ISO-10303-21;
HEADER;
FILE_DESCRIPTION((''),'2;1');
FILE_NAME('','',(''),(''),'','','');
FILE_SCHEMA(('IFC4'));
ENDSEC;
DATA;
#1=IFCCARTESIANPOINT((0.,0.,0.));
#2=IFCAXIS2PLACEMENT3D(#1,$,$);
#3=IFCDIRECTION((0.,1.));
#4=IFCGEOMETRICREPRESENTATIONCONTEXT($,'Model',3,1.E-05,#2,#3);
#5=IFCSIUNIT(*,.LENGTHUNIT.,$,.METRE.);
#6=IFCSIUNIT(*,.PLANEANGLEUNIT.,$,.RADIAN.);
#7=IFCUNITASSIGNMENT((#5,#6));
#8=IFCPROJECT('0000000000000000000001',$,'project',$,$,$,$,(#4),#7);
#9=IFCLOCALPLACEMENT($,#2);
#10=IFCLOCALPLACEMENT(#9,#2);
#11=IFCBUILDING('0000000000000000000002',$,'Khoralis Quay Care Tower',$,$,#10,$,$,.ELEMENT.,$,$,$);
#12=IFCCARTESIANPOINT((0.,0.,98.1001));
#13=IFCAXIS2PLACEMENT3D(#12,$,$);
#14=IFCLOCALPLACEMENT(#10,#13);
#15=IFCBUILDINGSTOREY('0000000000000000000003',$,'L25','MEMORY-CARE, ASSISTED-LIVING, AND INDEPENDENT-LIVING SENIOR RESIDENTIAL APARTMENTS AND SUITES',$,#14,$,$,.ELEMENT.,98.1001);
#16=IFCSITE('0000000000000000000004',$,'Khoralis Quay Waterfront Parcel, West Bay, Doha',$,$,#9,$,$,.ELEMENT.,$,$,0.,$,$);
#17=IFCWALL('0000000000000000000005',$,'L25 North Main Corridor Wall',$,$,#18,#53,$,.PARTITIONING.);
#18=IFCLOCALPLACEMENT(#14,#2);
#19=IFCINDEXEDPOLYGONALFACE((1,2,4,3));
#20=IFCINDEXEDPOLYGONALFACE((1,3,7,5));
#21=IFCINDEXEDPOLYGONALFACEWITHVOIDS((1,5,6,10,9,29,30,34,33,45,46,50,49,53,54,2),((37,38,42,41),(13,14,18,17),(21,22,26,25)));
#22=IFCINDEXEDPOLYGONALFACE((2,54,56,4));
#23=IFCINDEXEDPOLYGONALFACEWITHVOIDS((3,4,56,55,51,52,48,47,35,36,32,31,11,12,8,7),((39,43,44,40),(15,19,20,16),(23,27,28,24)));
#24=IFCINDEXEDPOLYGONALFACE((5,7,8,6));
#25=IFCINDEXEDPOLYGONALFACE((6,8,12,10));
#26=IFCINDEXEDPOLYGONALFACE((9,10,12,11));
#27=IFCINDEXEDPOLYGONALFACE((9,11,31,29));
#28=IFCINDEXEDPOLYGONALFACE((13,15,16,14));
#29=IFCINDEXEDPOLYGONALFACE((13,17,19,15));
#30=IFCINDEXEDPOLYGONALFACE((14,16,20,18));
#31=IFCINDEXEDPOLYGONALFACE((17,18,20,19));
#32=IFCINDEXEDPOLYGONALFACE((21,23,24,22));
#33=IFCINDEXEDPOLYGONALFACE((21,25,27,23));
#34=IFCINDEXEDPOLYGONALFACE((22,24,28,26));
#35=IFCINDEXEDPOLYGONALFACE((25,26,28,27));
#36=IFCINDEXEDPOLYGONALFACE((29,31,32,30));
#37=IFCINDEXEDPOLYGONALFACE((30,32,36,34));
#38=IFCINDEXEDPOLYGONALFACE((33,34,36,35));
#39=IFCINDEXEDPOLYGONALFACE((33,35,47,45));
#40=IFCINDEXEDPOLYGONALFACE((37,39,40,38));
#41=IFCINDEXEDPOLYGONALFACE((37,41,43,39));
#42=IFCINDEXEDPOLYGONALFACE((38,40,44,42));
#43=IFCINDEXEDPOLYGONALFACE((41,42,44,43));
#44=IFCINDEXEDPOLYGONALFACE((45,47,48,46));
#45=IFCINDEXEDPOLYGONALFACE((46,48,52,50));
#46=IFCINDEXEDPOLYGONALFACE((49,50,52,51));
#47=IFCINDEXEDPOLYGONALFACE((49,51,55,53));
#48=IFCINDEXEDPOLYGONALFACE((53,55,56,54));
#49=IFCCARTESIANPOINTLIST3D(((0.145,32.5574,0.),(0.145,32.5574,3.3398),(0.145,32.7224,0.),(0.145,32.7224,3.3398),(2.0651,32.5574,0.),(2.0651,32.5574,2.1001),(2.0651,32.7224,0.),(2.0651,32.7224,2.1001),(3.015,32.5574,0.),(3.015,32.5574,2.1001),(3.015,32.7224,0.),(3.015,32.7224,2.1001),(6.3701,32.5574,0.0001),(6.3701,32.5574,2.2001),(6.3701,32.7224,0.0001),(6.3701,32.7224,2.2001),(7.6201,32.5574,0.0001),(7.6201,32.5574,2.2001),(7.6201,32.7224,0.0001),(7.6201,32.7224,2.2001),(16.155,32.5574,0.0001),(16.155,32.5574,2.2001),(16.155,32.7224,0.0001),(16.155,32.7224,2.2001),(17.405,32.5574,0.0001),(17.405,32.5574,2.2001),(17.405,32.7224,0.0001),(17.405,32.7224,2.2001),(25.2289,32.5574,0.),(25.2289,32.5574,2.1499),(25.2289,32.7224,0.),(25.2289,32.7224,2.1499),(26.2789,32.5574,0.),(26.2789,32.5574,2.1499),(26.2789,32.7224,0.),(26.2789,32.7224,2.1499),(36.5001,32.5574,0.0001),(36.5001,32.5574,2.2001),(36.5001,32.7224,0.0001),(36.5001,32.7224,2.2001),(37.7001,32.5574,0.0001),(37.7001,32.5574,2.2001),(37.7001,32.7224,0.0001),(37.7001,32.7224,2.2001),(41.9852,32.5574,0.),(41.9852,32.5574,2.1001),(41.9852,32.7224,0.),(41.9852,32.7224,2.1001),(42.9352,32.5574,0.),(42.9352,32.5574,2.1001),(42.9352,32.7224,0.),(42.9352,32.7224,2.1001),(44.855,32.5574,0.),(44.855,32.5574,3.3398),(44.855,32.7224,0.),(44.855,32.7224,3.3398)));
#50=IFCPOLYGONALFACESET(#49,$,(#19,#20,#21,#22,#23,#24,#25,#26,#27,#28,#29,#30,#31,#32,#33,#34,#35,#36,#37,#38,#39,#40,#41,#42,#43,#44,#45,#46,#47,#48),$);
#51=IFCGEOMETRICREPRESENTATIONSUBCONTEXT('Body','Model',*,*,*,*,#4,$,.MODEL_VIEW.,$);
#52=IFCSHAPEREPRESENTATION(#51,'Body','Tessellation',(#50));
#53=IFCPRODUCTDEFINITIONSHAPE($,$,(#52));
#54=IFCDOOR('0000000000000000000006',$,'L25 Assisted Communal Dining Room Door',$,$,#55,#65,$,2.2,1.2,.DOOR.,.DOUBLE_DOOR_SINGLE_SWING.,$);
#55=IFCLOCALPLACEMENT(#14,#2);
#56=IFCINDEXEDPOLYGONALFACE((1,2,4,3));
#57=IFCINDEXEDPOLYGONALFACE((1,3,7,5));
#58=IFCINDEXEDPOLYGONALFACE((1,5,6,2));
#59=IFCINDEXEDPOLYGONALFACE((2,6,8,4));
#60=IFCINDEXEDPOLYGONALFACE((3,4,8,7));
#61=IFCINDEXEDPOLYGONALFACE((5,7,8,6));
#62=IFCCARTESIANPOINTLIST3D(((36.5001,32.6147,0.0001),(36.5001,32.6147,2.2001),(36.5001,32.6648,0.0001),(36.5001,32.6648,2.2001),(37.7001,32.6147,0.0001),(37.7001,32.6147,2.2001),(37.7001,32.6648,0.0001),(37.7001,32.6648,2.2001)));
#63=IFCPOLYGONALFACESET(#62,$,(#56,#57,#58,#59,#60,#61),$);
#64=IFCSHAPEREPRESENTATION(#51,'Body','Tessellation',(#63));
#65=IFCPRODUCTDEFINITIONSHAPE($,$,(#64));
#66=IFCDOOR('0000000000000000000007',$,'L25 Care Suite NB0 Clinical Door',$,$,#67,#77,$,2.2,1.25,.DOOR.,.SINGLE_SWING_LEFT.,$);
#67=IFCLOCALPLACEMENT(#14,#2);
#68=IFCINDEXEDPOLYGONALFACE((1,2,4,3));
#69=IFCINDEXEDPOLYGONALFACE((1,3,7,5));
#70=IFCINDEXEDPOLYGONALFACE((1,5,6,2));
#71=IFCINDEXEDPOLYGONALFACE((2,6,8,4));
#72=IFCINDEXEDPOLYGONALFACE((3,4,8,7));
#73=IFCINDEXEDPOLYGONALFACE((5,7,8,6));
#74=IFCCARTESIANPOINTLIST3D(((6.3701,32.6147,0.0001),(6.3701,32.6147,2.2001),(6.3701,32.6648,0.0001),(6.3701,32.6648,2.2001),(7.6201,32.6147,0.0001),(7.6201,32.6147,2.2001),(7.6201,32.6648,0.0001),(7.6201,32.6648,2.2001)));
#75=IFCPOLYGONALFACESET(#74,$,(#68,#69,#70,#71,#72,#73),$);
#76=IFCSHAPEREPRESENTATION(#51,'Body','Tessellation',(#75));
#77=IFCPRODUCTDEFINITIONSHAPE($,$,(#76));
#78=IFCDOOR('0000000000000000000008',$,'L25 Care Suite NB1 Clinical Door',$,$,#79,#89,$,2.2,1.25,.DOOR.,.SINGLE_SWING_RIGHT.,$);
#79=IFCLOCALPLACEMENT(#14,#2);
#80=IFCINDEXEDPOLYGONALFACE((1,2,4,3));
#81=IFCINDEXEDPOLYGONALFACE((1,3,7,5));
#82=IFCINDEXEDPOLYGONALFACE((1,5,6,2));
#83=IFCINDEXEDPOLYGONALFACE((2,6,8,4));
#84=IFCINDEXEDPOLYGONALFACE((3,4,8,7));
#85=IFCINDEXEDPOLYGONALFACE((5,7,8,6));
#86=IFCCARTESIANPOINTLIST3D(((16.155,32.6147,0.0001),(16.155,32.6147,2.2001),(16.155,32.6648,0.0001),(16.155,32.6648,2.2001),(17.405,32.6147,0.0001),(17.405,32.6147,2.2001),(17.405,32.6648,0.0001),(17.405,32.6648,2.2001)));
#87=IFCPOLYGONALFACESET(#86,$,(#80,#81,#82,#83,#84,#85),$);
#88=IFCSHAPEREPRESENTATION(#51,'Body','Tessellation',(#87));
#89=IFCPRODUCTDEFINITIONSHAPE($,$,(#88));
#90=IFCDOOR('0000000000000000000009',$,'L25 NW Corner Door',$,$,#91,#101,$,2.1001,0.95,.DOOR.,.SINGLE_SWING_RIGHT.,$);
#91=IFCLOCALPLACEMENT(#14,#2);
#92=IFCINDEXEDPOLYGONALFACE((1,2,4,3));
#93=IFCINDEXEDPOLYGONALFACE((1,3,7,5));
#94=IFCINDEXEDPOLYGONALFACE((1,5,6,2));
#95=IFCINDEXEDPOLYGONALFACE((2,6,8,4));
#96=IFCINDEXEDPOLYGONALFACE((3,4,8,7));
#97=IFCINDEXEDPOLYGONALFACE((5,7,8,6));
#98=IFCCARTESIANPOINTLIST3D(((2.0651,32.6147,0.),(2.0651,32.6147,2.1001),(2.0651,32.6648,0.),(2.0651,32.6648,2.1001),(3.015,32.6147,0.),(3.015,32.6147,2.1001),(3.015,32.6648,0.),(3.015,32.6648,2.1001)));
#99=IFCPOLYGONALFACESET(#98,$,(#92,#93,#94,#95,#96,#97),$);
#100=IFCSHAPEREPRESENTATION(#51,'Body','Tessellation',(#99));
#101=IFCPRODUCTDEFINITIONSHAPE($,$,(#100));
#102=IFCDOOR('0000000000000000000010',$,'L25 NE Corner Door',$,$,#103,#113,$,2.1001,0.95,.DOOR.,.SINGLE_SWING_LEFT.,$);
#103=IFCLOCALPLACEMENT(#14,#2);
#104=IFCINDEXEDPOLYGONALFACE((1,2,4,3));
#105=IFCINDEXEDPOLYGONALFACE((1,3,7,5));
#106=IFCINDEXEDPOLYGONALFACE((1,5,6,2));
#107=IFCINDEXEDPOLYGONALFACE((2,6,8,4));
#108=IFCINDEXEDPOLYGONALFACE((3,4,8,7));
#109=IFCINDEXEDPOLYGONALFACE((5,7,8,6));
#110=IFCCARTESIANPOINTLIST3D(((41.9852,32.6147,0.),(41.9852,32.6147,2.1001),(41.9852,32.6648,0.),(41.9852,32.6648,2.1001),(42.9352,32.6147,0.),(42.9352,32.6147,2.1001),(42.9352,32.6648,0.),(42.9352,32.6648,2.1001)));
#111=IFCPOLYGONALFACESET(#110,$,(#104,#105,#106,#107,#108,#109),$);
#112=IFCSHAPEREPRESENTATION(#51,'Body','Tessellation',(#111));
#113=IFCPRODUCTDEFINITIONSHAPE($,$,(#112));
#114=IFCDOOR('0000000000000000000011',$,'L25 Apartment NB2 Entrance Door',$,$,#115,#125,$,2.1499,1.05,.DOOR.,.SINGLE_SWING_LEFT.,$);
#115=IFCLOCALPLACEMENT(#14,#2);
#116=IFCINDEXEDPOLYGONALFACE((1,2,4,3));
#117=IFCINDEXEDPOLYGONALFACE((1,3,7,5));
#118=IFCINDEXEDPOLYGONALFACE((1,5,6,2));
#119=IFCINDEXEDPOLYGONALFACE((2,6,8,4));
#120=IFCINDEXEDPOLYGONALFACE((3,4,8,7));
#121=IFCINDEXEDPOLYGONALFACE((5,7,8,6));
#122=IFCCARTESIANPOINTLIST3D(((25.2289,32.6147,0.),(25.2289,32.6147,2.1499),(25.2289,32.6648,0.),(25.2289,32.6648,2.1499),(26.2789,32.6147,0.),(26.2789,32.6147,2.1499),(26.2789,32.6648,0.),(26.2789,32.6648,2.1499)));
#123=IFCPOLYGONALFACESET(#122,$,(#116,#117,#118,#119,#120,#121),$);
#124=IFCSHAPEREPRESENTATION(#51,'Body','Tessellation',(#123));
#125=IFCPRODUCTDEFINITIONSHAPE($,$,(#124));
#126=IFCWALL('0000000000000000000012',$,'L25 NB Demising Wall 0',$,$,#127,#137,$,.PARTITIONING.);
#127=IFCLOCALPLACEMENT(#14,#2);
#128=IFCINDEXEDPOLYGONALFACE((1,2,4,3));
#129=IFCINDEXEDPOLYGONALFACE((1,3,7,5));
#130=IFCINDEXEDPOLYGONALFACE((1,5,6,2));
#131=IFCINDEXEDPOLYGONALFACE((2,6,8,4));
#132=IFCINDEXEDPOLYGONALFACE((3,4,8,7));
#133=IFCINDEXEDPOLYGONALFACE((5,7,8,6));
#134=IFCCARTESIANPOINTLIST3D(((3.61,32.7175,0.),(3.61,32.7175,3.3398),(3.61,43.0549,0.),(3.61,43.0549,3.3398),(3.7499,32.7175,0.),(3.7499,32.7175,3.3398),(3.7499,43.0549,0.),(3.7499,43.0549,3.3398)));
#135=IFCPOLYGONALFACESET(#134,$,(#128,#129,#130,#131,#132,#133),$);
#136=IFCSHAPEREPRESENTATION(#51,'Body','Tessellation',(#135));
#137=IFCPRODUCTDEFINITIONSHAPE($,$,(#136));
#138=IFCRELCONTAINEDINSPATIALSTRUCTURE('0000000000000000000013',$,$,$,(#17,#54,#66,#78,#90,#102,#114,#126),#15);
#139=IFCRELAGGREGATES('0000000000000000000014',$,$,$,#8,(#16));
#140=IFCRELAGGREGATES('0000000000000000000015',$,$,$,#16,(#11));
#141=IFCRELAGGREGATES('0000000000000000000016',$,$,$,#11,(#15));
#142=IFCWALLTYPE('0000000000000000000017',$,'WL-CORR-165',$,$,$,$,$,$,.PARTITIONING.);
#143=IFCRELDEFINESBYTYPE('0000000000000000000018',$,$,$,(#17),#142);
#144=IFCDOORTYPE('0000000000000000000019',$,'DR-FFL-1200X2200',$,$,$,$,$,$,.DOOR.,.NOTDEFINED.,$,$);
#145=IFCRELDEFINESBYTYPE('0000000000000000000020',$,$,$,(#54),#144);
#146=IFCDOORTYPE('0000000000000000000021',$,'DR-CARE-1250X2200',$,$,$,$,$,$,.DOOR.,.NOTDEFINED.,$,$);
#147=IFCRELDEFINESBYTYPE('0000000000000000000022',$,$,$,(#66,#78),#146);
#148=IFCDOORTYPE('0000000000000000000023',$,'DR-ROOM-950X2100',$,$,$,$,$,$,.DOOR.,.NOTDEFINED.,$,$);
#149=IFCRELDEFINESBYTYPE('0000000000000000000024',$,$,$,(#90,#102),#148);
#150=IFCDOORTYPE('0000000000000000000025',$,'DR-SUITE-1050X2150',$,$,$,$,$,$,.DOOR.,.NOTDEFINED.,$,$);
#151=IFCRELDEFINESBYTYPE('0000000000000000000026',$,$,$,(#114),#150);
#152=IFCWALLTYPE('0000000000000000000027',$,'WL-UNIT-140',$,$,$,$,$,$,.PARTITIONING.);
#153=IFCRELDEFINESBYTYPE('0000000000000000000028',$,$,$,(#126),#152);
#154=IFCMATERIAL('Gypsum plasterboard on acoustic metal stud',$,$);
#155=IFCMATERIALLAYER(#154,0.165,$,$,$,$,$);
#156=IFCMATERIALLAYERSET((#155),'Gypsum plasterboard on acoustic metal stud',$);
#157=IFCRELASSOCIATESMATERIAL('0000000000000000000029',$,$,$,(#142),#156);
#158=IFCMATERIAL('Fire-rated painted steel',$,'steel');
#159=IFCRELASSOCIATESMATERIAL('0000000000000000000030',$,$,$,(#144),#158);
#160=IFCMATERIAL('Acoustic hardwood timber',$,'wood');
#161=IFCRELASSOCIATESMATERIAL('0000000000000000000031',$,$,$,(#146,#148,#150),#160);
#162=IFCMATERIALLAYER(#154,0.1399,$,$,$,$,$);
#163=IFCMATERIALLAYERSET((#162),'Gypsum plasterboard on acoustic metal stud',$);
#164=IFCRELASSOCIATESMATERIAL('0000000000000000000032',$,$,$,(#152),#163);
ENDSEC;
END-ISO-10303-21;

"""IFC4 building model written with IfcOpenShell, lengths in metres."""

from ifc_helpers import new_model, si_unit, direction, frame, frame_2d, origin, place, context, subcontext, project, spatial, rectangle, extrude, source, transform, mapped, material, layer, layer_set, type_object, element, fill, save


model = new_model("IFC4")

# Units and contexts
model_context = context("Model", 3, precision=1e-05, world=origin(), true_north=direction((0.0, 1.0)))
body_context = subcontext(model_context, "Body", "Model", "MODEL_VIEW")
ifc_project = project(units=[si_unit("LENGTHUNIT", "METRE"), si_unit("PLANEANGLEUNIT", "RADIAN")], contexts=[model_context])

# Site, building, storey
site_placement = place(None, origin())
site = spatial("IfcSite", under=ifc_project, at=site_placement, Name="Khoralis Quay Waterfront Parcel, West Bay, Doha", CompositionType="ELEMENT", RefElevation=0.0)
building_placement = place(site_placement, origin())
building = spatial("IfcBuilding", under=site, at=building_placement, Name="Khoralis Quay Care Tower", CompositionType="ELEMENT")
storey_placement = place(building_placement, frame((0.0, 0.0, 98.1001)))
storey = spatial("IfcBuildingStorey", under=building, at=storey_placement, Name="L25", Description="MEMORY-CARE, ASSISTED-LIVING, AND INDEPENDENT-LIVING SENIOR RESIDENTIAL APARTMENTS AND SUITES", CompositionType="ELEMENT", Elevation=98.1001)

# Shared definitions
ifc_material_1 = material(Name="Gypsum plasterboard on acoustic metal stud")
ifc_layer_1 = layer(ifc_material_1, 0.165)
ifc_layer_set_1 = layer_set([ifc_layer_1], Name="Gypsum plasterboard on acoustic metal stud")
wall_type_1 = type_object("IfcWallType", Name="WL-CORR-165", PredefinedType="PARTITIONING", material=ifc_layer_set_1)
ifc_material_2 = material(Name="Fire-rated painted steel", Category="steel")
door_type_1 = type_object("IfcDoorType", Name="DR-FFL-1200X2200", OperationType="NOTDEFINED", PredefinedType="DOOR", material=ifc_material_2)
shared_shape_1 = source(origin(), body_context, "Body", "SweptSolid", [
    extrude(rectangle(XDim=1.2, YDim=2.2, at=frame_2d((0.6001, 1.1001))), frame((0.0, 0.0249, 0.0), z_axis=(0.0, -1.0, 0.0), x_axis=(1.0, 0.0, 0.0)), (0.0, 0.0, 1.0), 0.05),
])

# Wall, openings, doors
wall_1_placement = place(storey_placement, frame((0.145, 32.6399, 0.0), z_axis=(0.0, 0.0, 1.0), x_axis=(1.0, 0.0, 0.0)))
wall_1 = element("IfcWall", 1, at=wall_1_placement, inside=storey, type_object=wall_type_1, Name="L25 North Main Corridor Wall", PredefinedType="PARTITIONING", context=body_context, shape_type="SweptSolid", body=[
    extrude(rectangle(XDim=44.71, YDim=0.165, at=frame_2d((22.355, 0.0))), origin(), (0.0, 0.0, 1.0), 3.3398),
])
opening_1_placement = place(wall_1_placement, frame((6.2251, 0.0, 0.0)))
opening_1 = element("IfcOpeningElement", 2, at=opening_1_placement, cuts=wall_1, PredefinedType="OPENING", context=body_context, shape_type="SweptSolid", body=[
    extrude(rectangle(XDim=1.25, YDim=2.2, at=frame_2d((0.625, 1.1001))), frame((0.0, 0.0925, 0.0), z_axis=(0.0, -1.0, 0.0), x_axis=(1.0, 0.0, 0.0)), (0.0, 0.0, 1.0), 0.1851),
])
opening_2_placement = place(wall_1_placement, frame((16.01, 0.0, 0.0)))
opening_2 = element("IfcOpeningElement", 3, at=opening_2_placement, cuts=wall_1, PredefinedType="OPENING", context=body_context, shape_type="SweptSolid", body=[
    extrude(rectangle(XDim=1.25, YDim=2.2, at=frame_2d((0.625, 1.1001))), frame((0.0, 0.0925, 0.0), z_axis=(0.0, -1.0, 0.0), x_axis=(1.0, 0.0, 0.0)), (0.0, 0.0, 1.0), 0.1851),
])
opening_3_placement = place(wall_1_placement, frame((25.084, 0.0, 0.0)))
opening_3 = element("IfcOpeningElement", 4, at=opening_3_placement, cuts=wall_1, PredefinedType="OPENING", context=body_context, shape_type="SweptSolid", body=[
    extrude(rectangle(XDim=1.05, YDim=2.1499, at=frame_2d((0.5249, 1.075))), frame((0.0, 0.0925, 0.0), z_axis=(0.0, -1.0, 0.0), x_axis=(1.0, 0.0, 0.0)), (0.0, 0.0, 1.0), 0.1851),
])
opening_4_placement = place(wall_1_placement, frame((36.355, 0.0, 0.0)))
opening_4 = element("IfcOpeningElement", 5, at=opening_4_placement, cuts=wall_1, PredefinedType="OPENING", context=body_context, shape_type="SweptSolid", body=[
    extrude(rectangle(XDim=1.2, YDim=2.2, at=frame_2d((0.6001, 1.1001))), frame((0.0, 0.0925, 0.0), z_axis=(0.0, -1.0, 0.0), x_axis=(1.0, 0.0, 0.0)), (0.0, 0.0, 1.0), 0.1851),
])
opening_5_placement = place(wall_1_placement, frame((1.9199, 0.0, 0.0)))
opening_5 = element("IfcOpeningElement", 6, at=opening_5_placement, cuts=wall_1, PredefinedType="OPENING", context=body_context, shape_type="SweptSolid", body=[
    extrude(rectangle(XDim=0.95, YDim=2.1001, at=frame_2d((0.4751, 1.05))), frame((0.0, 0.0925, 0.0), z_axis=(0.0, -1.0, 0.0), x_axis=(1.0, 0.0, 0.0)), (0.0, 0.0, 1.0), 0.1851),
])
opening_6_placement = place(wall_1_placement, frame((41.8401, 0.0, 0.0)))
opening_6 = element("IfcOpeningElement", 7, at=opening_6_placement, cuts=wall_1, PredefinedType="OPENING", context=body_context, shape_type="SweptSolid", body=[
    extrude(rectangle(XDim=0.95, YDim=2.1001, at=frame_2d((0.4751, 1.05))), frame((0.0, 0.0925, 0.0), z_axis=(0.0, -1.0, 0.0), x_axis=(1.0, 0.0, 0.0)), (0.0, 0.0, 1.0), 0.1851),
])
door_1_placement = place(opening_4_placement, origin())
door_1 = element("IfcDoor", 8, at=door_1_placement, inside=storey, type_object=door_type_1, Name="L25 Assisted Communal Dining Room Door", OperationType="DOUBLE_DOOR_SINGLE_SWING", OverallHeight=2.2, OverallWidth=1.2, PredefinedType="DOOR", context=body_context, shape_type="MappedRepresentation", body=[
    mapped(shared_shape_1, transform((0.0, 0.0, 0.0), scale=1.0)),
])
fill(opening_4, door_1)
ifc_material_3 = material(Name="Acoustic hardwood timber", Category="wood")
door_type_2 = type_object("IfcDoorType", Name="DR-CARE-1250X2200", OperationType="NOTDEFINED", PredefinedType="DOOR", material=ifc_material_3)
shared_shape_2 = source(origin(), body_context, "Body", "SweptSolid", [
    extrude(rectangle(XDim=1.25, YDim=2.2, at=frame_2d((0.625, 1.1001))), frame((0.0, 0.0249, 0.0), z_axis=(0.0, -1.0, 0.0), x_axis=(1.0, 0.0, 0.0)), (0.0, 0.0, 1.0), 0.05),
])
door_2_placement = place(opening_1_placement, origin())
door_2 = element("IfcDoor", 9, at=door_2_placement, inside=storey, type_object=door_type_2, Name="L25 Care Suite NB0 Clinical Door", OperationType="SINGLE_SWING_LEFT", OverallHeight=2.2, OverallWidth=1.25, PredefinedType="DOOR", context=body_context, shape_type="MappedRepresentation", body=[
    mapped(shared_shape_2, transform((0.0, 0.0, 0.0), scale=1.0)),
])
fill(opening_1, door_2)
door_3_placement = place(opening_2_placement, origin())
door_3 = element("IfcDoor", 10, at=door_3_placement, inside=storey, type_object=door_type_2, Name="L25 Care Suite NB1 Clinical Door", OperationType="SINGLE_SWING_RIGHT", OverallHeight=2.2, OverallWidth=1.25, PredefinedType="DOOR", context=body_context, shape_type="MappedRepresentation", body=[
    mapped(shared_shape_2, transform((0.0, 0.0, 0.0), scale=1.0)),
])
fill(opening_2, door_3)
door_type_3 = type_object("IfcDoorType", Name="DR-ROOM-950X2100", OperationType="NOTDEFINED", PredefinedType="DOOR", material=ifc_material_3)
shared_shape_3 = source(origin(), body_context, "Body", "SweptSolid", [
    extrude(rectangle(XDim=0.95, YDim=2.1001, at=frame_2d((0.4751, 1.05))), frame((0.0, 0.0249, 0.0), z_axis=(0.0, -1.0, 0.0), x_axis=(1.0, 0.0, 0.0)), (0.0, 0.0, 1.0), 0.05),
])
door_4_placement = place(opening_5_placement, origin())
door_4 = element("IfcDoor", 11, at=door_4_placement, inside=storey, type_object=door_type_3, Name="L25 NW Corner Door", OperationType="SINGLE_SWING_RIGHT", OverallHeight=2.1001, OverallWidth=0.95, PredefinedType="DOOR", context=body_context, shape_type="MappedRepresentation", body=[
    mapped(shared_shape_3, transform((0.0, 0.0, 0.0), scale=1.0)),
])
fill(opening_5, door_4)
door_5_placement = place(opening_6_placement, origin())
door_5 = element("IfcDoor", 12, at=door_5_placement, inside=storey, type_object=door_type_3, Name="L25 NE Corner Door", OperationType="SINGLE_SWING_LEFT", OverallHeight=2.1001, OverallWidth=0.95, PredefinedType="DOOR", context=body_context, shape_type="MappedRepresentation", body=[
    mapped(shared_shape_3, transform((0.0, 0.0, 0.0), scale=1.0)),
])
fill(opening_6, door_5)
door_type_4 = type_object("IfcDoorType", Name="DR-SUITE-1050X2150", OperationType="NOTDEFINED", PredefinedType="DOOR", material=ifc_material_3)
shared_shape_4 = source(origin(), body_context, "Body", "SweptSolid", [
    extrude(rectangle(XDim=1.05, YDim=2.1499, at=frame_2d((0.5249, 1.075))), frame((0.0, 0.0249, 0.0), z_axis=(0.0, -1.0, 0.0), x_axis=(1.0, 0.0, 0.0)), (0.0, 0.0, 1.0), 0.05),
])
door_6_placement = place(opening_3_placement, origin())
door_6 = element("IfcDoor", 13, at=door_6_placement, inside=storey, type_object=door_type_4, Name="L25 Apartment NB2 Entrance Door", OperationType="SINGLE_SWING_LEFT", OverallHeight=2.1499, OverallWidth=1.05, PredefinedType="DOOR", context=body_context, shape_type="MappedRepresentation", body=[
    mapped(shared_shape_4, transform((0.0, 0.0, 0.0), scale=1.0)),
])
fill(opening_3, door_6)

# Wall
ifc_layer_2 = layer(ifc_material_1, 0.1399)
ifc_layer_set_2 = layer_set([ifc_layer_2], Name="Gypsum plasterboard on acoustic metal stud")
wall_type_2 = type_object("IfcWallType", Name="WL-UNIT-140", PredefinedType="PARTITIONING", material=ifc_layer_set_2)
wall_2_placement = place(storey_placement, frame((3.6799, 32.7175, 0.0), z_axis=(0.0, 0.0, 1.0), x_axis=(0.0, 1.0, 0.0)))
element("IfcWall", 14, at=wall_2_placement, inside=storey, type_object=wall_type_2, Name="L25 NB Demising Wall 0", PredefinedType="PARTITIONING", context=body_context, shape_type="SweptSolid", body=[
    extrude(rectangle(XDim=10.3374, YDim=0.1399, at=frame_2d((5.1687, 0.0))), origin(), (0.0, 0.0, 1.0), 3.3398),
])

save(model, "model.ifc")
